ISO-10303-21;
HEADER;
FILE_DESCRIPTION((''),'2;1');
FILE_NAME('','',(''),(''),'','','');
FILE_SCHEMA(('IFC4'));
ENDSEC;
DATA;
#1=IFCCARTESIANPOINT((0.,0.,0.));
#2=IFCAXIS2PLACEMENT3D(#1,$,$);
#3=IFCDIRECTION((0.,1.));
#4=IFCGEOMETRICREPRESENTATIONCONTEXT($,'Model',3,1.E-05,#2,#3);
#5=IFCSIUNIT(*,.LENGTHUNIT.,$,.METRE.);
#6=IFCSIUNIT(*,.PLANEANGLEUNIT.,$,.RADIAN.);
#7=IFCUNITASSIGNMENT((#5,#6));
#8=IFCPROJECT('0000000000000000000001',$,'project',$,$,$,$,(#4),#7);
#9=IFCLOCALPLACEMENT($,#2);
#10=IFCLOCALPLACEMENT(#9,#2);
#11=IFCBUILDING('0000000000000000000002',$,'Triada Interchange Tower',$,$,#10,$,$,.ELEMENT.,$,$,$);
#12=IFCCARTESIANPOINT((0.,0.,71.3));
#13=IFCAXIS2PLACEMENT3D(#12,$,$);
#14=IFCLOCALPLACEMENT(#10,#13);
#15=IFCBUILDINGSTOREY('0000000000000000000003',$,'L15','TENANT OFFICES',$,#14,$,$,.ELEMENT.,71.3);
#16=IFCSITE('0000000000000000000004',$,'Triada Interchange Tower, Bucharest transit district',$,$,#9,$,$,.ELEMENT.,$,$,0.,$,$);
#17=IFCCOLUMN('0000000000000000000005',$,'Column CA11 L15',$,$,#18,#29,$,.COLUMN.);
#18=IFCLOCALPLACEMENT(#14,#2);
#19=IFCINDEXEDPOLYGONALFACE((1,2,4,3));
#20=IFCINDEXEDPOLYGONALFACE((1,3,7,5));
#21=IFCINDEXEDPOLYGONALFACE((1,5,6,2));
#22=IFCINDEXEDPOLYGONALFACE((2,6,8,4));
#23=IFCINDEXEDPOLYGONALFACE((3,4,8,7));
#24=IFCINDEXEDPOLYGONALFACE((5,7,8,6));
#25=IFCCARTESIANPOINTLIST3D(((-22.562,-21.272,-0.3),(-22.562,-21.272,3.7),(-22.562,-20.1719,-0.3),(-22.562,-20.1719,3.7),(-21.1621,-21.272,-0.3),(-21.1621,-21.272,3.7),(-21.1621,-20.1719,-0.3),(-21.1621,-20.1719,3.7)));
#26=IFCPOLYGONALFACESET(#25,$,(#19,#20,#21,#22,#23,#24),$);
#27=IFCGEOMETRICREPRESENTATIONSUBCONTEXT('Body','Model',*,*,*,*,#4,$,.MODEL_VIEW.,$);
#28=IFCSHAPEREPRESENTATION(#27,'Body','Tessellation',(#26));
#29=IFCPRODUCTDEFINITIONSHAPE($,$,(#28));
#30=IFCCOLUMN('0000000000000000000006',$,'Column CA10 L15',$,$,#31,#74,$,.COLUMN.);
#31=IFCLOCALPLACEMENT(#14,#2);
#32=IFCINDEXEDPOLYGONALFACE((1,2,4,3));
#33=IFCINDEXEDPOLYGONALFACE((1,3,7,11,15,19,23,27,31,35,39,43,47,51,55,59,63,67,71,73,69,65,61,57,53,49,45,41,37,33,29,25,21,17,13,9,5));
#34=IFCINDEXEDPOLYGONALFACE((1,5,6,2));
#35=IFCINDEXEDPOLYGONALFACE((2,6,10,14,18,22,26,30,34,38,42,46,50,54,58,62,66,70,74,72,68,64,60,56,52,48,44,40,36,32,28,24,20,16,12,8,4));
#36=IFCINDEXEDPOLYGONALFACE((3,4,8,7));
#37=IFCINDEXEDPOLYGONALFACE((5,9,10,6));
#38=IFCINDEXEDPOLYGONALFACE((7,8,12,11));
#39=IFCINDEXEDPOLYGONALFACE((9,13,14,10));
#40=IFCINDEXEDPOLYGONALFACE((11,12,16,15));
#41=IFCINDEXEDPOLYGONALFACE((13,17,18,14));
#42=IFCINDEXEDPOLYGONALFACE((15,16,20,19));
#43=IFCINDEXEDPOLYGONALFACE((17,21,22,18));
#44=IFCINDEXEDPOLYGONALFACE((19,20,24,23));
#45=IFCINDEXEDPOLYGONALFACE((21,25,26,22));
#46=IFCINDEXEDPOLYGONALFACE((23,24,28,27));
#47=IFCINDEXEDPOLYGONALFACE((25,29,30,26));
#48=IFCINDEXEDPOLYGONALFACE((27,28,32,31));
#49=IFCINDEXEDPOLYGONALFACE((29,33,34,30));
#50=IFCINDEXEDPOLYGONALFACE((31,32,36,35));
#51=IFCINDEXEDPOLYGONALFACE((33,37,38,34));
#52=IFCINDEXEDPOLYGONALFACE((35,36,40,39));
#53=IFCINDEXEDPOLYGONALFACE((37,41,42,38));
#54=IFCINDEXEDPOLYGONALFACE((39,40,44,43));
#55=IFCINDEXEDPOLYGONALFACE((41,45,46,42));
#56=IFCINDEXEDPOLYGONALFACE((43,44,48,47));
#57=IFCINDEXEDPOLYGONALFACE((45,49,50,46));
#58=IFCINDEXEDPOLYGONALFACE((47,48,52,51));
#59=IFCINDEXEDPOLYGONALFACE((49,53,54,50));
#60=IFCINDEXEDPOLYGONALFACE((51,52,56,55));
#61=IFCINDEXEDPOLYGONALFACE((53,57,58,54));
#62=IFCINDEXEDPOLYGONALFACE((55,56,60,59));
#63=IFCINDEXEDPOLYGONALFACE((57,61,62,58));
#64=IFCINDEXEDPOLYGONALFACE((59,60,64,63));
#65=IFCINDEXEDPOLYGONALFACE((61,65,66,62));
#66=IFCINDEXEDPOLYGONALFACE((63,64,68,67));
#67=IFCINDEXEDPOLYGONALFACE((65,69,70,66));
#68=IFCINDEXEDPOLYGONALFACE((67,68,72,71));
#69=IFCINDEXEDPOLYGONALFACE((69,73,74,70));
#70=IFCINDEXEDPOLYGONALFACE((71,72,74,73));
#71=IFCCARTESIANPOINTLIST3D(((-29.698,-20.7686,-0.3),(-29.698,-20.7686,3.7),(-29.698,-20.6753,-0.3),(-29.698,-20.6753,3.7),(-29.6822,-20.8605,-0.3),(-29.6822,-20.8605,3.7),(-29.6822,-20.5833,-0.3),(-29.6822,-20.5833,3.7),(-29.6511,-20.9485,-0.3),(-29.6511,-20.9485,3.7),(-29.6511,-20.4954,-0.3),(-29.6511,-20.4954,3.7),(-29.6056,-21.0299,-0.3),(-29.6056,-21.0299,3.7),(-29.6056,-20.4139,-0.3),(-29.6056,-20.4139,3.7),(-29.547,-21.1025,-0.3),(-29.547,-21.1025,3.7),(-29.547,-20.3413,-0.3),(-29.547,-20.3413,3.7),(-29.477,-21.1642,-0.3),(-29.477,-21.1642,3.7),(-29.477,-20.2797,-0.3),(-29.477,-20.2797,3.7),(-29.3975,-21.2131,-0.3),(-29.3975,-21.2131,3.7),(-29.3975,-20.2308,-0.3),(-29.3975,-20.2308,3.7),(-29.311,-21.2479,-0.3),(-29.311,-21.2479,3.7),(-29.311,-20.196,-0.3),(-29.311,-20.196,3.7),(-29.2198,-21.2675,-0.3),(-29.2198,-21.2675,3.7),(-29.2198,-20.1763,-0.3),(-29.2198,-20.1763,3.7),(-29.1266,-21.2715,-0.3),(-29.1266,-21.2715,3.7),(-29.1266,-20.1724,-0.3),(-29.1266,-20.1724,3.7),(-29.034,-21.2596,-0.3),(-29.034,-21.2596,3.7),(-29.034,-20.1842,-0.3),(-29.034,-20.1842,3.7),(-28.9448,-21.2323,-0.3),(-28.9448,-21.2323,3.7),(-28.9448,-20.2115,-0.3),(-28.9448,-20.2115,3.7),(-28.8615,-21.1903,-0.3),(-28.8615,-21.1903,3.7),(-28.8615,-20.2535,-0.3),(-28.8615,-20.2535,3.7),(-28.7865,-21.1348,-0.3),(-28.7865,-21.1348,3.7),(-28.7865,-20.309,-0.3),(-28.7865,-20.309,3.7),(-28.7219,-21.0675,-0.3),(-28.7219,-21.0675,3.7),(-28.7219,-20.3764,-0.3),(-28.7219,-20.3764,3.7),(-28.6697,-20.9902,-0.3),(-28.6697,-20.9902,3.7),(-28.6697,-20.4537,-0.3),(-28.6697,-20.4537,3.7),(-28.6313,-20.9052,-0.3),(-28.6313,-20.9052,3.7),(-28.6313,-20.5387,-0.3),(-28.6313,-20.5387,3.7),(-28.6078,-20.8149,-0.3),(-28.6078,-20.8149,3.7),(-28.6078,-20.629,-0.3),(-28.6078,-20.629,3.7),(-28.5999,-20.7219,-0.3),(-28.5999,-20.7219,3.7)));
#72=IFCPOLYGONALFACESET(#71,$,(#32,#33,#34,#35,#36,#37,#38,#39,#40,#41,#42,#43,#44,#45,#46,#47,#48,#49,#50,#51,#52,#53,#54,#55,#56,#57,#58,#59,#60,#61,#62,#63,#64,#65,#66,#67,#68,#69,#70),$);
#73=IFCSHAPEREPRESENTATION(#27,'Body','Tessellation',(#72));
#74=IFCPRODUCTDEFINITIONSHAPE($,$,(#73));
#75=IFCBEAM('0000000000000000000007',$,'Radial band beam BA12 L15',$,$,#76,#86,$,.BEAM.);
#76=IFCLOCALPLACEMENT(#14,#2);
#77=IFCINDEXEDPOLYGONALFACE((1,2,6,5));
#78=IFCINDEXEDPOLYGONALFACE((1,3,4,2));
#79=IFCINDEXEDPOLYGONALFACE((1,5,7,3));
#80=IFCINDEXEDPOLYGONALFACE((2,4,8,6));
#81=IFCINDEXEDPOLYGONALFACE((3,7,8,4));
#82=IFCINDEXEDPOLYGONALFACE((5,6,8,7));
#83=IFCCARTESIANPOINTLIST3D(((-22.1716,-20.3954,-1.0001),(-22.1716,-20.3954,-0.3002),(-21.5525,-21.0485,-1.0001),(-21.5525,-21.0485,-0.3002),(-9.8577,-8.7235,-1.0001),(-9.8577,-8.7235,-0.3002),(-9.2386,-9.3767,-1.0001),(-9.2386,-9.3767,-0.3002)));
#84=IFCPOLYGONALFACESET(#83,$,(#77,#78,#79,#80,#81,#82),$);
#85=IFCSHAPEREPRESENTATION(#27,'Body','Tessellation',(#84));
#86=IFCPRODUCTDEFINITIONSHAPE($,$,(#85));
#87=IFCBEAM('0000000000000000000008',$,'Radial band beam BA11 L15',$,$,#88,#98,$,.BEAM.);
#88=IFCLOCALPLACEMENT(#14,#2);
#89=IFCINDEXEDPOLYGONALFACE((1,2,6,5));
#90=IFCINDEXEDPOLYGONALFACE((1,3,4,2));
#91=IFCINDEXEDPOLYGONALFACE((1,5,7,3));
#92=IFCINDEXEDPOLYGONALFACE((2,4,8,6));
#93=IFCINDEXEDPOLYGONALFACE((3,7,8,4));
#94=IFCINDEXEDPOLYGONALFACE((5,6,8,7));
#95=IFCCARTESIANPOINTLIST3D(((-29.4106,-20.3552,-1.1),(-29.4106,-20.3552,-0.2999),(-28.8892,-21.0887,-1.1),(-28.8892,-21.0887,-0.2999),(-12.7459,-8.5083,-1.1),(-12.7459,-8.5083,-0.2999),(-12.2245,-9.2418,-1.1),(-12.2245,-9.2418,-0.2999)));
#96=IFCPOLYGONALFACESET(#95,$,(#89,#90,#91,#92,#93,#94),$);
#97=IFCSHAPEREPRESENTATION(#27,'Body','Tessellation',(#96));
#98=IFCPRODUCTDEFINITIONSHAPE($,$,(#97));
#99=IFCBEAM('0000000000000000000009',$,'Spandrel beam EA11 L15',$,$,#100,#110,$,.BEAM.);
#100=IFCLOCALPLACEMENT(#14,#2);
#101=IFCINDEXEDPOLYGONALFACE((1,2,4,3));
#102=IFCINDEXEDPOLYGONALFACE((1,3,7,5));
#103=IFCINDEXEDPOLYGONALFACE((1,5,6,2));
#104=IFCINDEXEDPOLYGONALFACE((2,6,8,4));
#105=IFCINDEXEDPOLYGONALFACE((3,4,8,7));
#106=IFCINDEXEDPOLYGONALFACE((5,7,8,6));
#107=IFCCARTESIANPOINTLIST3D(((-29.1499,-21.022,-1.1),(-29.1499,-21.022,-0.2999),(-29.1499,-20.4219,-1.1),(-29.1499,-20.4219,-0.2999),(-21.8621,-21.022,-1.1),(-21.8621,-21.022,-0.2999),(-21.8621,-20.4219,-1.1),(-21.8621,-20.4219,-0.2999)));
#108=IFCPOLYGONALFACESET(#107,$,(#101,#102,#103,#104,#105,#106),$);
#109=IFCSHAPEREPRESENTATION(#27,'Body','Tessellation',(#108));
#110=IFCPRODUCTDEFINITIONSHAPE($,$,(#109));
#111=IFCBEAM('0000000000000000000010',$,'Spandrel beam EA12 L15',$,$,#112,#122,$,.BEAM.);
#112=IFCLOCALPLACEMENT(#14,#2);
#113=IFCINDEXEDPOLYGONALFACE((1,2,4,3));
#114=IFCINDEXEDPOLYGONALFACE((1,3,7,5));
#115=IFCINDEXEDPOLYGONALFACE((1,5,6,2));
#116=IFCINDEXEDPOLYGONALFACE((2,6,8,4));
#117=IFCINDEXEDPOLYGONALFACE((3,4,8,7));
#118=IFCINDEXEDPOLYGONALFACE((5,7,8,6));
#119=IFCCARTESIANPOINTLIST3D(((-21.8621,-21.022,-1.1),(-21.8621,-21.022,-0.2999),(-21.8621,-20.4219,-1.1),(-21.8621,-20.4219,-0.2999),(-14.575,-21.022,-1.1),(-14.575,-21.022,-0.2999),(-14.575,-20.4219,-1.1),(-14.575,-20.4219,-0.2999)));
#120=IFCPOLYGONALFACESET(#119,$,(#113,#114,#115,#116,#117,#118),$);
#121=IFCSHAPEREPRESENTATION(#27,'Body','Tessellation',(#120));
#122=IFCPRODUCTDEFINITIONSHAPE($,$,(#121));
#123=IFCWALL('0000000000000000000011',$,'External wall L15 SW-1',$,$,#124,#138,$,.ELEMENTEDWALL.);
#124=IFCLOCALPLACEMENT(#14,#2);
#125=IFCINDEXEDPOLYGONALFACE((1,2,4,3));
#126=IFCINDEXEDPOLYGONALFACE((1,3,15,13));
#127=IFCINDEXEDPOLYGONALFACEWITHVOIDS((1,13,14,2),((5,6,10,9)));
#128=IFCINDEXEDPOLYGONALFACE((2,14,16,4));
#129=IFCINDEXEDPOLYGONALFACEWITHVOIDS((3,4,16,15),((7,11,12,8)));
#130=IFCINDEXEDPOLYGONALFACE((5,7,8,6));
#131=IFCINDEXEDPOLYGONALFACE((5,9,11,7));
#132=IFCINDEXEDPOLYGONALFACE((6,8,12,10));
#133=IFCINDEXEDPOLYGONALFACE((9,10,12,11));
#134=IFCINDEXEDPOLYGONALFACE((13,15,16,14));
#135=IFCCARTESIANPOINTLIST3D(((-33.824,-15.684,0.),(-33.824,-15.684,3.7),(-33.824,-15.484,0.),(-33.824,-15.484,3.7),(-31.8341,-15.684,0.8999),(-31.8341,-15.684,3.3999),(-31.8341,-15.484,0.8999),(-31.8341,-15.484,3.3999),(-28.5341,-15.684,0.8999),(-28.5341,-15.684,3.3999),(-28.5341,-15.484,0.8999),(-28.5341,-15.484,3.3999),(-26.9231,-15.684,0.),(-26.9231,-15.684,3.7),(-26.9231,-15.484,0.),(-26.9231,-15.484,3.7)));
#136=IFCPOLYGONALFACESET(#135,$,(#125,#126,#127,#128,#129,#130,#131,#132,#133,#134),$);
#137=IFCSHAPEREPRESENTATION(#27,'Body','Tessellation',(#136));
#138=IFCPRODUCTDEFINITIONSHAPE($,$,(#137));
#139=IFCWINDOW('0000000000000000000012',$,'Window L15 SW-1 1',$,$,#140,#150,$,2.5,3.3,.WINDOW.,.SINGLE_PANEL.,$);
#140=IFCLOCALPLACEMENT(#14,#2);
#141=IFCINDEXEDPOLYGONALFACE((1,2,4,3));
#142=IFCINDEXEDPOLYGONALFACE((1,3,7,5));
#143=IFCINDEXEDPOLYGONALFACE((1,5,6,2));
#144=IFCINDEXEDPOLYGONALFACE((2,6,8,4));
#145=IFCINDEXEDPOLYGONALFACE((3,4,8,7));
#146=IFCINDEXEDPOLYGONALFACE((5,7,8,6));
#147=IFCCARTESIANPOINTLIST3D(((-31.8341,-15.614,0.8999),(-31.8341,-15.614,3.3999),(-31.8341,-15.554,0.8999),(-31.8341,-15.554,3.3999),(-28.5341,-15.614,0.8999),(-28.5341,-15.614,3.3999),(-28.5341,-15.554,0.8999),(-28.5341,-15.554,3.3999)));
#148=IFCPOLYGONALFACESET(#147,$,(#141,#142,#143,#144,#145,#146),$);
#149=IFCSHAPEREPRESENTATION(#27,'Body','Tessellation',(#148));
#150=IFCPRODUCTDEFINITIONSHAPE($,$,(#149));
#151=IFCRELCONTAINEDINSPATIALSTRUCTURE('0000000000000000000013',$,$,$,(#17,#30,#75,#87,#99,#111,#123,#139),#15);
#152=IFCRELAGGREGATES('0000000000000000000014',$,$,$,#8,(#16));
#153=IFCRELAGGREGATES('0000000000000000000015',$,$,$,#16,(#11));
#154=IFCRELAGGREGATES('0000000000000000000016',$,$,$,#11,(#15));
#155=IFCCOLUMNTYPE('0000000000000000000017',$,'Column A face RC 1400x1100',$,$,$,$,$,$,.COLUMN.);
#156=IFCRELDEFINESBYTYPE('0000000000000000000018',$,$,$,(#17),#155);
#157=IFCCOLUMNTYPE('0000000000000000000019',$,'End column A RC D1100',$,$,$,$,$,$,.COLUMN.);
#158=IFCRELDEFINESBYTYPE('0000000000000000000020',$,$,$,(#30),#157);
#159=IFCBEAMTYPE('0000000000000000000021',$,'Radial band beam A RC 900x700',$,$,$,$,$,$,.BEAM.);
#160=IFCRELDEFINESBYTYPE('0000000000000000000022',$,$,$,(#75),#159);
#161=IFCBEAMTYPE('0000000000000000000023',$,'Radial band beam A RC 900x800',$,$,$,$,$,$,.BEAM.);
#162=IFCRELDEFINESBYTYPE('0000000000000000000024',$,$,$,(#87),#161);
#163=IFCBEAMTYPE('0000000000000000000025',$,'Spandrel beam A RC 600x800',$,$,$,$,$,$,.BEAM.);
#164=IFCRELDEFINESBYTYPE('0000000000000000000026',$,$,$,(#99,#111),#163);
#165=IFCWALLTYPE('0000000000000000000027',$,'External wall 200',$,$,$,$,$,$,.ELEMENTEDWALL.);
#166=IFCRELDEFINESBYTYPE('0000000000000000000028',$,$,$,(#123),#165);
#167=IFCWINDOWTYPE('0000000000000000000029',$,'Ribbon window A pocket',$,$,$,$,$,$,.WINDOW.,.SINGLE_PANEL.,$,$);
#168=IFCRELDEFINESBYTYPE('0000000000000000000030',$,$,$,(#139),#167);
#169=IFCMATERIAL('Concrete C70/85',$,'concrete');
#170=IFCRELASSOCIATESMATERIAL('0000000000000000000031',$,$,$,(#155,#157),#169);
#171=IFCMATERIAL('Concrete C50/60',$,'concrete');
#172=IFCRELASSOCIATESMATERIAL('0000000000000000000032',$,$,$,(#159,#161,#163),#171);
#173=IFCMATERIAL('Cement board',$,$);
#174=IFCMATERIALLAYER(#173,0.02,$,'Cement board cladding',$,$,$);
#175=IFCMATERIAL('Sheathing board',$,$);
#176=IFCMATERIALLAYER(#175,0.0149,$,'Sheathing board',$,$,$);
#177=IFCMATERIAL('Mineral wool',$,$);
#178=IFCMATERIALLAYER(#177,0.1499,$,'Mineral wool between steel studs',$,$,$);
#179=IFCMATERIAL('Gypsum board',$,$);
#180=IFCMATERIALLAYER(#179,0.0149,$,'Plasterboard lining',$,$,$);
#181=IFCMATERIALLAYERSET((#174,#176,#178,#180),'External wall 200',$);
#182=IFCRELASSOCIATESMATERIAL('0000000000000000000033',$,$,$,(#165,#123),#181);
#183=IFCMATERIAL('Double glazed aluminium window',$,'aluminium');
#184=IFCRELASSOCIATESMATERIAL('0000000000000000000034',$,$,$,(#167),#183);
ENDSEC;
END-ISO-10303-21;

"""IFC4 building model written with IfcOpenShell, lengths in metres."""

from ifc_helpers import new_model, si_unit, direction, frame, frame_2d, origin, origin_2d, place, context, subcontext, project, spatial, rectangle, circle, extrude, material, layer, layer_set, layer_usage, material_profile, profile_set, type_object, element, fill, save


model = new_model("IFC4")

# Units and contexts
model_context = context("Model", 3, precision=1e-05, world=origin(), true_north=direction((0.0, 1.0)))
body_context = subcontext(model_context, "Body", "Model", "MODEL_VIEW")
ifc_project = project(units=[si_unit("LENGTHUNIT", "METRE"), si_unit("PLANEANGLEUNIT", "RADIAN")], contexts=[model_context])

# Site, building, storey
site_placement = place(None, origin())
site = spatial("IfcSite", under=ifc_project, at=site_placement, Name="Triada Interchange Tower, Bucharest transit district", CompositionType="ELEMENT", RefElevation=0.0)
building_placement = place(site_placement, origin())
building = spatial("IfcBuilding", under=site, at=building_placement, Name="Triada Interchange Tower", CompositionType="ELEMENT")
storey_placement = place(building_placement, frame((0.0, 0.0, 71.3)))
storey = spatial("IfcBuildingStorey", under=building, at=storey_placement, Name="L15", Description="TENANT OFFICES", CompositionType="ELEMENT", Elevation=71.3)

# Columns
ifc_material_1 = material(Name="Concrete C70/85", Category="concrete")
ifc_material_profile_1 = material_profile(ifc_material_1, rectangle(XDim=1.3999, YDim=1.1001, at=origin_2d()), Name="RC 1400x1100")
ifc_profile_set_1 = profile_set([ifc_material_profile_1], Name="Concrete C70/85")
column_type_1 = type_object("IfcColumnType", Name="Column A face RC 1400x1100", PredefinedType="COLUMN", material=ifc_profile_set_1)
column_1_placement = place(storey_placement, frame((-21.8621, -20.7219, -0.3), z_axis=(0.0, 0.0, 1.0), x_axis=(1.0, 0.0, 0.0)))
element("IfcColumn", 1, at=column_1_placement, inside=storey, type_object=column_type_1, Name="Column CA11 L15", PredefinedType="COLUMN", context=body_context, shape_type="SweptSolid", body=[
    extrude(rectangle(XDim=1.3999, YDim=1.1001, at=origin_2d()), origin(), (0.0, 0.0, 1.0), 4.0),
])
ifc_material_profile_2 = material_profile(ifc_material_1, circle(Radius=0.55, at=origin_2d()), Name="RC D1100")
ifc_profile_set_2 = profile_set([ifc_material_profile_2], Name="Concrete C70/85")
column_type_2 = type_object("IfcColumnType", Name="End column A RC D1100", PredefinedType="COLUMN", material=ifc_profile_set_2)
column_2_placement = place(storey_placement, frame((-29.1499, -20.7219, -0.3), z_axis=(0.0, 0.0, 1.0), x_axis=(1.0, 0.0, 0.0)))
element("IfcColumn", 2, at=column_2_placement, inside=storey, type_object=column_type_2, Name="Column CA10 L15", PredefinedType="COLUMN", context=body_context, shape_type="SweptSolid", body=[
    extrude(circle(Radius=0.55, at=origin_2d()), origin(), (0.0, 0.0, 1.0), 4.0),
])

# Beams
ifc_material_2 = material(Name="Concrete C50/60", Category="concrete")
ifc_material_profile_3 = material_profile(ifc_material_2, rectangle(XDim=0.8999, YDim=0.7, at=origin_2d()), Name="RC 900x700")
ifc_profile_set_3 = profile_set([ifc_material_profile_3], Name="Concrete C50/60")
beam_type_1 = type_object("IfcBeamType", Name="Radial band beam A RC 900x700", PredefinedType="BEAM", material=ifc_profile_set_3)
beam_1_placement = place(storey_placement, frame((-21.8621, -20.7219, -0.6501), z_axis=(0.725776, 0.687931, 0.0), x_axis=(-0.687931, 0.725776, 0.0)))
element("IfcBeam", 3, at=beam_1_placement, inside=storey, type_object=beam_type_1, Name="Radial band beam BA12 L15", PredefinedType="BEAM", context=body_context, shape_type="SweptSolid", body=[
    extrude(rectangle(XDim=0.8999, YDim=0.7, at=origin_2d()), origin(), (0.0, 0.0, 1.0), 16.9666),
])
ifc_material_profile_4 = material_profile(ifc_material_2, rectangle(XDim=0.8999, YDim=0.8, at=origin_2d()), Name="RC 900x800")
ifc_profile_set_4 = profile_set([ifc_material_profile_4], Name="Concrete C50/60")
beam_type_2 = type_object("IfcBeamType", Name="Radial band beam A RC 900x800", PredefinedType="BEAM", material=ifc_profile_set_4)
beam_2_placement = place(storey_placement, frame((-29.1499, -20.7219, -0.7), z_axis=(0.815038, 0.579407, 0.0), x_axis=(-0.579407, 0.815038, 0.0)))
element("IfcBeam", 4, at=beam_2_placement, inside=storey, type_object=beam_type_2, Name="Radial band beam BA11 L15", PredefinedType="BEAM", context=body_context, shape_type="SweptSolid", body=[
    extrude(rectangle(XDim=0.8999, YDim=0.8, at=origin_2d()), origin(), (0.0, 0.0, 1.0), 20.4465),
])
ifc_material_profile_5 = material_profile(ifc_material_2, rectangle(XDim=0.6001, YDim=0.8, at=origin_2d()), Name="RC 600x800")
ifc_profile_set_5 = profile_set([ifc_material_profile_5], Name="Concrete C50/60")
beam_type_3 = type_object("IfcBeamType", Name="Spandrel beam A RC 600x800", PredefinedType="BEAM", material=ifc_profile_set_5)
beam_3_placement = place(storey_placement, frame((-29.1499, -20.7219, -0.7), z_axis=(1.0, 0.0, 0.0), x_axis=(0.0, 1.0, 0.0)))
element("IfcBeam", 5, at=beam_3_placement, inside=storey, type_object=beam_type_3, Name="Spandrel beam EA11 L15", PredefinedType="BEAM", context=body_context, shape_type="SweptSolid", body=[
    extrude(rectangle(XDim=0.6001, YDim=0.8, at=origin_2d()), origin(), (0.0, 0.0, 1.0), 7.2878),
])
beam_4_placement = place(storey_placement, frame((-21.8621, -20.7219, -0.7), z_axis=(1.0, 0.0, 0.0), x_axis=(0.0, 1.0, 0.0)))
element("IfcBeam", 6, at=beam_4_placement, inside=storey, type_object=beam_type_3, Name="Spandrel beam EA12 L15", PredefinedType="BEAM", context=body_context, shape_type="SweptSolid", body=[
    extrude(rectangle(XDim=0.6001, YDim=0.8, at=origin_2d()), origin(), (0.0, 0.0, 1.0), 7.2871),
])

# Wall, opening, window
ifc_material_3 = material(Name="Cement board")
ifc_layer_1 = layer(ifc_material_3, 0.02, Name="Cement board cladding")
ifc_material_4 = material(Name="Sheathing board")
ifc_layer_2 = layer(ifc_material_4, 0.0149, Name="Sheathing board")
ifc_material_5 = material(Name="Mineral wool")
ifc_layer_3 = layer(ifc_material_5, 0.1499, Name="Mineral wool between steel studs")
ifc_material_6 = material(Name="Gypsum board")
ifc_layer_4 = layer(ifc_material_6, 0.0149, Name="Plasterboard lining")
ifc_layer_set_1 = layer_set([ifc_layer_1, ifc_layer_2, ifc_layer_3, ifc_layer_4], Name="External wall 200")
ifc_layer_usage = layer_usage(ifc_layer_set_1, "AXIS2", "POSITIVE", -0.1001)
wall_type_1 = type_object("IfcWallType", Name="External wall 200", PredefinedType="ELEMENTEDWALL", material=ifc_layer_set_1)
wall_1_placement = place(storey_placement, frame((-33.824, -15.584, 0.0), z_axis=(0.0, 0.0, 1.0), x_axis=(1.0, 0.0, 0.0)))
wall_1 = element("IfcWall", 7, at=wall_1_placement, inside=storey, type_object=wall_type_1, material=ifc_layer_usage, Name="External wall L15 SW-1", PredefinedType="ELEMENTEDWALL", context=body_context, shape_type="SweptSolid", body=[
    extrude(rectangle(XDim=6.9009, YDim=0.2, at=frame_2d((3.4504, 0.0))), origin(), (0.0, 0.0, 1.0), 3.7),
])
opening_1_placement = place(wall_1_placement, frame((1.99, 0.0, 0.8999)))
opening_1 = element("IfcOpeningElement", 8, at=opening_1_placement, cuts=wall_1, PredefinedType="OPENING", context=body_context, shape_type="SweptSolid", body=[
    extrude(rectangle(XDim=3.3, YDim=2.5, at=frame_2d((1.6499, 1.25))), frame((0.0, 0.1099, 0.0), z_axis=(0.0, -1.0, 0.0), x_axis=(1.0, 0.0, 0.0)), (0.0, 0.0, 1.0), 0.22),
])
ifc_material_7 = material(Name="Double glazed aluminium window", Category="aluminium")
window_type_1 = type_object("IfcWindowType", Name="Ribbon window A pocket", PartitioningType="SINGLE_PANEL", PredefinedType="WINDOW", material=ifc_material_7)
window_1_placement = place(opening_1_placement, origin())
window_1 = element("IfcWindow", 9, at=window_1_placement, inside=storey, type_object=window_type_1, Name="Window L15 SW-1 1", OverallHeight=2.5, OverallWidth=3.3, PartitioningType="SINGLE_PANEL", PredefinedType="WINDOW", context=body_context, shape_type="SweptSolid", body=[
    extrude(rectangle(XDim=3.3, YDim=2.5, at=frame_2d((1.6499, 1.25))), frame((0.0, 0.03, 0.0), z_axis=(0.0, -1.0, 0.0), x_axis=(1.0, 0.0, 0.0)), (0.0, 0.0, 1.0), 0.0601),
])
fill(opening_1, window_1)

save(model, "model.ifc")
